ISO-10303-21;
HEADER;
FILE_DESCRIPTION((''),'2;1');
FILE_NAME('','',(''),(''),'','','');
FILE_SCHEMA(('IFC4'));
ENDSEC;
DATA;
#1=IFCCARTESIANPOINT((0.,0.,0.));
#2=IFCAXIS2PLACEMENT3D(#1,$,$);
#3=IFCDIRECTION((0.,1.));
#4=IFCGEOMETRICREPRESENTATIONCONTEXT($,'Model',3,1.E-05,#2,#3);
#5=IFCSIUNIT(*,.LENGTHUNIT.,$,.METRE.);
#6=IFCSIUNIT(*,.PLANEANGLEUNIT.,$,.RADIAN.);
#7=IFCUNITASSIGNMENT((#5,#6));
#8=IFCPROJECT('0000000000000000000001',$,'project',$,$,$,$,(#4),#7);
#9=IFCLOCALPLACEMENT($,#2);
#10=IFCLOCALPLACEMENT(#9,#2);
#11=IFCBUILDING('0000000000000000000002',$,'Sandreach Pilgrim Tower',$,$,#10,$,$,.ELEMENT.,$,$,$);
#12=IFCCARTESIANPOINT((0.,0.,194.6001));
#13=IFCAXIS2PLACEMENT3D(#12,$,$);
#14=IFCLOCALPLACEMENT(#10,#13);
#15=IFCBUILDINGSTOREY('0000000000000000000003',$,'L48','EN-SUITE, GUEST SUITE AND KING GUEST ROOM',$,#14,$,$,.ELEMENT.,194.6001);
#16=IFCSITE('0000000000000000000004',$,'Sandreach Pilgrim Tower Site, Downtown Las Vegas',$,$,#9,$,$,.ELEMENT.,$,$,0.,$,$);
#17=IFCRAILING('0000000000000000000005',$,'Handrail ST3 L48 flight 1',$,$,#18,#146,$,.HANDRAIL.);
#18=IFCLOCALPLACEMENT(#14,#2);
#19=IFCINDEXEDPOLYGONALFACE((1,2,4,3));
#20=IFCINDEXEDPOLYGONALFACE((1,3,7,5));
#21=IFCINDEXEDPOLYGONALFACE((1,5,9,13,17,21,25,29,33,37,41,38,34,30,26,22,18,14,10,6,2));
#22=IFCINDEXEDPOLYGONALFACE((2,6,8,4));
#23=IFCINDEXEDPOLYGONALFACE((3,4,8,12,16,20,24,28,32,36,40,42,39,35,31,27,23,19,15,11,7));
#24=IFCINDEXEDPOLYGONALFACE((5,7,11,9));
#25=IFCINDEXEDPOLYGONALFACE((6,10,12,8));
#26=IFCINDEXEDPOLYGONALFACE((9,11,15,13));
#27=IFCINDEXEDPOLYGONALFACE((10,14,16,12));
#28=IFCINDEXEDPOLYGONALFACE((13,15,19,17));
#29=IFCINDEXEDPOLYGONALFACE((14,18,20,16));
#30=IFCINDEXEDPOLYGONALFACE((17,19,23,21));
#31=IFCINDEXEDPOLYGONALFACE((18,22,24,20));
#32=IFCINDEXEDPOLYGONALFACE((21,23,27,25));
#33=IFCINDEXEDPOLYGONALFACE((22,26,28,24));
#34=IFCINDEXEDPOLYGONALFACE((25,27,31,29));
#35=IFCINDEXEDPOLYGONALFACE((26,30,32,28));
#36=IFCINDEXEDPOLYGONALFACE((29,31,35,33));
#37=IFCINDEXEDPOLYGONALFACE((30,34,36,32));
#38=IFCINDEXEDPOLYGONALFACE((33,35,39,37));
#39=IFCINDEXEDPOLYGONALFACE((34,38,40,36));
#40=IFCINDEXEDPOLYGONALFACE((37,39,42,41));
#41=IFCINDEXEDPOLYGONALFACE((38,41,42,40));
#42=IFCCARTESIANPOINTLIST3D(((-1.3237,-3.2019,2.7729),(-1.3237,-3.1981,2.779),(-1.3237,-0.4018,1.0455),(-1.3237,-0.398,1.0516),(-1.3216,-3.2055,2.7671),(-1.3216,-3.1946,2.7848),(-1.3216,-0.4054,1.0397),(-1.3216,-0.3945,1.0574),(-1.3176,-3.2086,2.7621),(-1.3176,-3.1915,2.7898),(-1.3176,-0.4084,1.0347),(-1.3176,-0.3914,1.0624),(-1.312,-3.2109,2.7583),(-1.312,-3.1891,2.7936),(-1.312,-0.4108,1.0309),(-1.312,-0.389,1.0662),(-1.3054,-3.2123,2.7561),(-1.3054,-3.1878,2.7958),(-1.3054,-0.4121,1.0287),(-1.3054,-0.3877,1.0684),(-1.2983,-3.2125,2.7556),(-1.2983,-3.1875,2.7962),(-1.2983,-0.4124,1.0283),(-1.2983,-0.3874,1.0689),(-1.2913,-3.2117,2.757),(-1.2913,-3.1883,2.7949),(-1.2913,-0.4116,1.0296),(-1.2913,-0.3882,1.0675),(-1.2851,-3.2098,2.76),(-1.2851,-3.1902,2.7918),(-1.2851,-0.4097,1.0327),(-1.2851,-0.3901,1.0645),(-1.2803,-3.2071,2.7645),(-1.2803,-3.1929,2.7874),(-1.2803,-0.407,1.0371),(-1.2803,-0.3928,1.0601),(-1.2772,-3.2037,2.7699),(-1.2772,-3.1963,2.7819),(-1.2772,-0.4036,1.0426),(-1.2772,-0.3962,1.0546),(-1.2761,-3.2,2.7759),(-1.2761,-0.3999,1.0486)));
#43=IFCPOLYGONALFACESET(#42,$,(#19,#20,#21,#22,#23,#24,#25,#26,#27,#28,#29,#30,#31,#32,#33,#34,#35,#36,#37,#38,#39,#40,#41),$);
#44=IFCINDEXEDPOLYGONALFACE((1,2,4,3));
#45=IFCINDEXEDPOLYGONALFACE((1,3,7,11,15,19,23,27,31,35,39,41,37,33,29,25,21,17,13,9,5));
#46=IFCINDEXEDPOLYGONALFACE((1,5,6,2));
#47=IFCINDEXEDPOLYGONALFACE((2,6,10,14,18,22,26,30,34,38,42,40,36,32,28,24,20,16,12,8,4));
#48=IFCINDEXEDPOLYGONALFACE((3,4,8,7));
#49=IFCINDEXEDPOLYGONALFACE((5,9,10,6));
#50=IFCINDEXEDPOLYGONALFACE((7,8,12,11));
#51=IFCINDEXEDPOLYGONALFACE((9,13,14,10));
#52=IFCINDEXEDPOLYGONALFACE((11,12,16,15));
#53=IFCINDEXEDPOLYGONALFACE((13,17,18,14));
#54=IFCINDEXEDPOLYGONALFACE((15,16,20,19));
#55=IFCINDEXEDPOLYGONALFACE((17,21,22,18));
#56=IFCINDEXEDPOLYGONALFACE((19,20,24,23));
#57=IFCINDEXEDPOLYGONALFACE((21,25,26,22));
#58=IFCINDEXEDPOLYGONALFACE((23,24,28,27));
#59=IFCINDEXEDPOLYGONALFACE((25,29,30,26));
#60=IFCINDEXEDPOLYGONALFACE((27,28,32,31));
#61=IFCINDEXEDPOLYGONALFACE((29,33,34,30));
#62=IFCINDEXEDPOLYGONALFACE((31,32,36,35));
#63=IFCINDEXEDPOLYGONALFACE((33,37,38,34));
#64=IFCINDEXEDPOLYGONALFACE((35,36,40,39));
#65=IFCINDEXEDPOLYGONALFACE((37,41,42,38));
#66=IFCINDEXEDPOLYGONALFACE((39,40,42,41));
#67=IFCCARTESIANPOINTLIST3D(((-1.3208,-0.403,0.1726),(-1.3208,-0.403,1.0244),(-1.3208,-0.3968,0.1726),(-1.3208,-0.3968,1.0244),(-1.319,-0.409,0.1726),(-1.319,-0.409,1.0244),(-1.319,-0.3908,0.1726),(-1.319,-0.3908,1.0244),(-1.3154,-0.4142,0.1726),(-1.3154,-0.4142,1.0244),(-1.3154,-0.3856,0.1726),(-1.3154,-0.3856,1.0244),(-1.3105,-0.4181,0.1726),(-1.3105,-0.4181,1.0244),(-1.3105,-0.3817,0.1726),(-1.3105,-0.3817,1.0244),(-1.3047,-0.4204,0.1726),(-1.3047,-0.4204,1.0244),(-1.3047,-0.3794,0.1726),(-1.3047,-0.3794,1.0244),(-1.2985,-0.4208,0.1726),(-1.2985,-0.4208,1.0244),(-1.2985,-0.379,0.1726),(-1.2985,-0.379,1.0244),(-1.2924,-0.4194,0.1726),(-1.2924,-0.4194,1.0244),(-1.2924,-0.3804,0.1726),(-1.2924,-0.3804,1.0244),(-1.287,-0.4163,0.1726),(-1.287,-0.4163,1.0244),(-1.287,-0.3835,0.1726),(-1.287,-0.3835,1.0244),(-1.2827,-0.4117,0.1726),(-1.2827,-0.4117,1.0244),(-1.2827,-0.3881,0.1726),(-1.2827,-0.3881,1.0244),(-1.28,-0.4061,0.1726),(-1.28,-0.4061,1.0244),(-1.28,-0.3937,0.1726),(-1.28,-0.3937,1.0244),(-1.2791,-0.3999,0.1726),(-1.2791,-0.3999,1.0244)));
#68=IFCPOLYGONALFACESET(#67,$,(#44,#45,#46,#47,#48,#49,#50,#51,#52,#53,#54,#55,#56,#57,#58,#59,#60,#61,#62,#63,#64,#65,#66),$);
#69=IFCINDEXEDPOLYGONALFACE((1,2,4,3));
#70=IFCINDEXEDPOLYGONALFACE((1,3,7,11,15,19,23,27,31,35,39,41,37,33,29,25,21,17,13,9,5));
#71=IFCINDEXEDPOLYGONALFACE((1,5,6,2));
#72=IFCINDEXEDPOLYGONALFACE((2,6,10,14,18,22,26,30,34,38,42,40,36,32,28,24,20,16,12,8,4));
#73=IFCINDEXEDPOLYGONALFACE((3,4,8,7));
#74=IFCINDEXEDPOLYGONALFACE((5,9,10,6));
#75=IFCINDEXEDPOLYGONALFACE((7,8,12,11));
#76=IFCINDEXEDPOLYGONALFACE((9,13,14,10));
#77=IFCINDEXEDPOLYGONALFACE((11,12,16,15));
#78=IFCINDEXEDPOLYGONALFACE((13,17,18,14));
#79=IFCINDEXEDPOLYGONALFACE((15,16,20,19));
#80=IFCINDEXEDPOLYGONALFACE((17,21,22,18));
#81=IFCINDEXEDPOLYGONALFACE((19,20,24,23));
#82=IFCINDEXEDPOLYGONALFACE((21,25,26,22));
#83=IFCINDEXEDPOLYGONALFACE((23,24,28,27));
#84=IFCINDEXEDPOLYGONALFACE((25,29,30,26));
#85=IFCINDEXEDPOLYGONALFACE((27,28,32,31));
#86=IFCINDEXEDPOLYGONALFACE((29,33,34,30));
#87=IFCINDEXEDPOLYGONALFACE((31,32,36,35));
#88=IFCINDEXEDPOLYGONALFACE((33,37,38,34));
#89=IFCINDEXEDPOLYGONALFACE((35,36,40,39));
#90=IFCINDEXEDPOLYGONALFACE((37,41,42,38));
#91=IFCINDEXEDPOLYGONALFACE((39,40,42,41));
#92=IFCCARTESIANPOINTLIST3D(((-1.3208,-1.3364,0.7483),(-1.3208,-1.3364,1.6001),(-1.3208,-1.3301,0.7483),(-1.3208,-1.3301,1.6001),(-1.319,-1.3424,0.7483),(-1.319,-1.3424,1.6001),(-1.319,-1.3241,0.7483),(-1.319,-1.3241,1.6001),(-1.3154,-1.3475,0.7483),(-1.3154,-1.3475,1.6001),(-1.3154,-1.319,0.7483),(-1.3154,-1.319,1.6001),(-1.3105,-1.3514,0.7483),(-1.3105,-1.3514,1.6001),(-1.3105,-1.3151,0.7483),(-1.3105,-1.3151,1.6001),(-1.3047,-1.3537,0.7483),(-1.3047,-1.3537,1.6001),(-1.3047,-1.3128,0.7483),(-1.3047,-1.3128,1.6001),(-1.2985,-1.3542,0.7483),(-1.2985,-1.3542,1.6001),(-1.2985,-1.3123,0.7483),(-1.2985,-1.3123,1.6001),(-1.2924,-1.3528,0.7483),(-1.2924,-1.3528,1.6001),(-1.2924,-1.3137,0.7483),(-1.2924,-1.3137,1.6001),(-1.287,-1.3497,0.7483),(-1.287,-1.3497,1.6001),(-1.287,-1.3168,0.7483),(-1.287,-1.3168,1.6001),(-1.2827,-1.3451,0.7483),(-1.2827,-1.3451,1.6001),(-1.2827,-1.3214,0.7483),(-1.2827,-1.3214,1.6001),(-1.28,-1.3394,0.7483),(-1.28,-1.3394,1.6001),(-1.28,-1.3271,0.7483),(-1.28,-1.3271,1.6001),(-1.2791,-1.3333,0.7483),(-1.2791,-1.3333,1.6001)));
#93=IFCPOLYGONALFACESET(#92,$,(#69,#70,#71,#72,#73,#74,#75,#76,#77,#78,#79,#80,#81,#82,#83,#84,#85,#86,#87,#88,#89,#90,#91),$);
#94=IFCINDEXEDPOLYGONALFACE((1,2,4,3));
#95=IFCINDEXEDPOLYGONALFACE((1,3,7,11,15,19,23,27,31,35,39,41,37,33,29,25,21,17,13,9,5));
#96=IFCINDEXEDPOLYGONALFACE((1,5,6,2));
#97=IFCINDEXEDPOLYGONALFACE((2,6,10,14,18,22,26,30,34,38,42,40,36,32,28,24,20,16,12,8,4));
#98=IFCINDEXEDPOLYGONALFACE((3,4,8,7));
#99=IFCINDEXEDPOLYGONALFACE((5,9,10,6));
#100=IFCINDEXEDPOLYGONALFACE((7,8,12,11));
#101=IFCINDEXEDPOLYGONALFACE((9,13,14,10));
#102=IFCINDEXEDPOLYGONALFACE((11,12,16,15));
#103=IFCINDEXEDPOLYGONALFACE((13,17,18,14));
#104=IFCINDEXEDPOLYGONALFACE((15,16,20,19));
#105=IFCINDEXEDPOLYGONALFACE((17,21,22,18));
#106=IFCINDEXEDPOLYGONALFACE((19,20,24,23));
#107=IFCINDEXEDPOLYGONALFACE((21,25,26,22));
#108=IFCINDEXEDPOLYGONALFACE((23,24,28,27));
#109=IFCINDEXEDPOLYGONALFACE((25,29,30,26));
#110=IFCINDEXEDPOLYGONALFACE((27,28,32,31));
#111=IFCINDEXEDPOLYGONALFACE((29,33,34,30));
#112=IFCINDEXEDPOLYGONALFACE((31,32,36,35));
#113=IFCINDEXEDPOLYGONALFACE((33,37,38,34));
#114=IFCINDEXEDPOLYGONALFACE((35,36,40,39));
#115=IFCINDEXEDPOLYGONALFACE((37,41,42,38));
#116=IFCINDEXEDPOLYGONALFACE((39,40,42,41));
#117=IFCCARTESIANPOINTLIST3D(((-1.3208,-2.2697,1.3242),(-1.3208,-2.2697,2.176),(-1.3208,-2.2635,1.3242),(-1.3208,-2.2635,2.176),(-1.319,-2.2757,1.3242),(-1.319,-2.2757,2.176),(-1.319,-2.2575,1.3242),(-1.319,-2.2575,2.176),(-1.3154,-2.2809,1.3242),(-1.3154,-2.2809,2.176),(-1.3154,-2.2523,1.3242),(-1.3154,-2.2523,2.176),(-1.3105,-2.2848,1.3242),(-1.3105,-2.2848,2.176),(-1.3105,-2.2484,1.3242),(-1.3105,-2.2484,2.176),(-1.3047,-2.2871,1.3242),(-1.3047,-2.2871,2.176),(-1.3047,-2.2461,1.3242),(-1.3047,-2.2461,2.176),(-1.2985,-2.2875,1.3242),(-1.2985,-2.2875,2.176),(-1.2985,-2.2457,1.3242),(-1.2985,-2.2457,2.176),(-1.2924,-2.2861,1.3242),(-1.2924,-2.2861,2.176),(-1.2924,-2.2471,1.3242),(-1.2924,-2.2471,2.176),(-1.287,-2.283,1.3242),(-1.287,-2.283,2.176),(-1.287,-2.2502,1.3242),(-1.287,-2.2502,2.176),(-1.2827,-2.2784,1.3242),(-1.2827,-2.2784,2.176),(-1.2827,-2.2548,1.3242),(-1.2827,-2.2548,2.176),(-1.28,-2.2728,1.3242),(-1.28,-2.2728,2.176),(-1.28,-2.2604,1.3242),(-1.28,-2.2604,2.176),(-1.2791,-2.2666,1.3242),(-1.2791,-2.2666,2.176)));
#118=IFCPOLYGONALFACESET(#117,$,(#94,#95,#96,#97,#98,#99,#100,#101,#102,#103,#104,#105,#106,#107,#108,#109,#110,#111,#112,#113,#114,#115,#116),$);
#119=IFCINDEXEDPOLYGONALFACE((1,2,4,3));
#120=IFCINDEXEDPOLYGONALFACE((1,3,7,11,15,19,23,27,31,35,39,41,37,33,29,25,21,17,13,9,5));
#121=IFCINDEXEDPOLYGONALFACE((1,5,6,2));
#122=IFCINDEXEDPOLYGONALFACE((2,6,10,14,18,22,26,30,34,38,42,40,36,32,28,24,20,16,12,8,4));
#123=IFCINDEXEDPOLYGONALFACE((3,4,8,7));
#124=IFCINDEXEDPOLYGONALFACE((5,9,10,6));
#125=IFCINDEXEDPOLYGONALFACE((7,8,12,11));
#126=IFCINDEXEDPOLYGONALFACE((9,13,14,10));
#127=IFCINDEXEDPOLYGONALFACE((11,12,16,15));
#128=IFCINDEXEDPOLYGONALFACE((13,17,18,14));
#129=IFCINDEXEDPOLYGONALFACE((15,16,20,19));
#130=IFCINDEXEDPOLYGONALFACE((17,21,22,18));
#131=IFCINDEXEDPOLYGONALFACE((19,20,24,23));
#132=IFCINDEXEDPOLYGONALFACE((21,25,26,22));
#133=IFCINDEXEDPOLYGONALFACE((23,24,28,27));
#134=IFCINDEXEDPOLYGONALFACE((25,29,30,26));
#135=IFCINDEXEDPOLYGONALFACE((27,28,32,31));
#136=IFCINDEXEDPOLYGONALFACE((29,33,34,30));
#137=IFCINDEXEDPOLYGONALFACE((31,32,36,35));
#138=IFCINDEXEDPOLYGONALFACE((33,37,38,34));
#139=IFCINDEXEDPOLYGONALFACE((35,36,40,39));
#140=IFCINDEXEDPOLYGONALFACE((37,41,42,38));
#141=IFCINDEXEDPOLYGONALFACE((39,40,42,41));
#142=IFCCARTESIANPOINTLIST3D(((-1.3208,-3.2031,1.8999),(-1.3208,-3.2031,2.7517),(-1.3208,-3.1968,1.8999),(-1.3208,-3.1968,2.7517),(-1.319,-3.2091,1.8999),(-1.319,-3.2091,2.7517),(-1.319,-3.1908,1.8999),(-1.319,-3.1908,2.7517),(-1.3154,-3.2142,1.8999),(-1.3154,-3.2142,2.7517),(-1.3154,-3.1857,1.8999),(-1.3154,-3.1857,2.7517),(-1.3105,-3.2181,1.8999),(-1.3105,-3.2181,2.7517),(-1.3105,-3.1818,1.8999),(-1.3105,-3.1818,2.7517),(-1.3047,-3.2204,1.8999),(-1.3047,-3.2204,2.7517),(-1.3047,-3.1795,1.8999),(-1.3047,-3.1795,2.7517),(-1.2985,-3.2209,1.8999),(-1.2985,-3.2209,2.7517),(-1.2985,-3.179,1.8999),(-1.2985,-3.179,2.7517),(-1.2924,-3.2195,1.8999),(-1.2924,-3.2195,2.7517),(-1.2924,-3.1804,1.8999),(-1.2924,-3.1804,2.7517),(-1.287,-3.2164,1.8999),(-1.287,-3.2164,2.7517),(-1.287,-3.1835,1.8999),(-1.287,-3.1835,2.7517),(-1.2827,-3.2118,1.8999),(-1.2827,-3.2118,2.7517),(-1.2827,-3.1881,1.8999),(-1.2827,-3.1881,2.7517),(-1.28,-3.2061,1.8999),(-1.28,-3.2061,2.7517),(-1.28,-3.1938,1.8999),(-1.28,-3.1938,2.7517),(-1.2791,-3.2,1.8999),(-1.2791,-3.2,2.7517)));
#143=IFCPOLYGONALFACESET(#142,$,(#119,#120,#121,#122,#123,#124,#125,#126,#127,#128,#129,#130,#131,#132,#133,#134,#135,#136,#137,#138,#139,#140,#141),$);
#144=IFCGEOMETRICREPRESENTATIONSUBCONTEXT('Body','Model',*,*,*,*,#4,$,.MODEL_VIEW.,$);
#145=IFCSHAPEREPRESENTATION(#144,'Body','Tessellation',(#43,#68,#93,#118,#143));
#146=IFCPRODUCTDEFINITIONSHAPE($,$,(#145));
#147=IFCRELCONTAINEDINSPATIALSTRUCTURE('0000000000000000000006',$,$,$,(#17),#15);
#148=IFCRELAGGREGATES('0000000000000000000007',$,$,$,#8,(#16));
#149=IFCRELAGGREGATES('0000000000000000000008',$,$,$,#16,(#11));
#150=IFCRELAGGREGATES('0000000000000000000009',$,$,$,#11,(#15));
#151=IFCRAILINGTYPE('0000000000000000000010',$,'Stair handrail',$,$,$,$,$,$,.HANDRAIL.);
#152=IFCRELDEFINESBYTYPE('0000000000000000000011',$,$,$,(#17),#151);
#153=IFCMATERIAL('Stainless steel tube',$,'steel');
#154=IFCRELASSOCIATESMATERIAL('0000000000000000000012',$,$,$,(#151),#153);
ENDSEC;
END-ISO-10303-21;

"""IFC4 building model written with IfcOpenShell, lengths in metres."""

from ifc_helpers import new_model, si_unit, direction, frame, origin, origin_2d, place, context, subcontext, project, spatial, circle, extrude, material, type_object, element, save


model = new_model("IFC4")

# Units and contexts
model_context = context("Model", 3, precision=1e-05, world=origin(), true_north=direction((0.0, 1.0)))
body_context = subcontext(model_context, "Body", "Model", "MODEL_VIEW")
ifc_project = project(units=[si_unit("LENGTHUNIT", "METRE"), si_unit("PLANEANGLEUNIT", "RADIAN")], contexts=[model_context])

# Site, building, storey
site_placement = place(None, origin())
site = spatial("IfcSite", under=ifc_project, at=site_placement, Name="Sandreach Pilgrim Tower Site, Downtown Las Vegas", CompositionType="ELEMENT", RefElevation=0.0)
building_placement = place(site_placement, origin())
building = spatial("IfcBuilding", under=site, at=building_placement, Name="Sandreach Pilgrim Tower", CompositionType="ELEMENT")
storey_placement = place(building_placement, frame((0.0, 0.0, 194.6001)))
storey = spatial("IfcBuildingStorey", under=building, at=storey_placement, Name="L48", Description="EN-SUITE, GUEST SUITE AND KING GUEST ROOM", CompositionType="ELEMENT", Elevation=194.6001)

# Railing
ifc_material_1 = material(Name="Stainless steel tube", Category="steel")
railing_type = type_object("IfcRailingType", Name="Stair handrail", PredefinedType="HANDRAIL", material=ifc_material_1)
for number, where, name in (
    (1, (-1.3, -0.3999, 0.1726), "Handrail ST3 L48 flight 1"),
):
    element("IfcRailing", number, at=place(storey_placement, frame(where)), inside=storey, type_object=railing_type, Name=name, PredefinedType="HANDRAIL", context=body_context, shape_type="SweptSolid", body=[
        extrude(circle(Radius=0.0239, at=origin_2d()), frame((0.0, 0.0, 0.876), z_axis=(0.0, -0.85109, 0.52502), x_axis=(1.0, 0.0, 0.0)), (0.0, 0.0, 1.0), 3.29),
        extrude(circle(Radius=0.021, at=origin_2d()), origin(), (0.0, 0.0, 1.0), 0.8518),
        extrude(circle(Radius=0.021, at=origin_2d()), frame((0.0, -0.9333, 0.5757)), (0.0, 0.0, 1.0), 0.8518),
        extrude(circle(Radius=0.021, at=origin_2d()), frame((0.0, -1.8667, 1.1516)), (0.0, 0.0, 1.0), 0.8518),
        extrude(circle(Radius=0.021, at=origin_2d()), frame((0.0, -2.8, 1.7273)), (0.0, 0.0, 1.0), 0.8518),
    ])

save(model, "model.ifc")
